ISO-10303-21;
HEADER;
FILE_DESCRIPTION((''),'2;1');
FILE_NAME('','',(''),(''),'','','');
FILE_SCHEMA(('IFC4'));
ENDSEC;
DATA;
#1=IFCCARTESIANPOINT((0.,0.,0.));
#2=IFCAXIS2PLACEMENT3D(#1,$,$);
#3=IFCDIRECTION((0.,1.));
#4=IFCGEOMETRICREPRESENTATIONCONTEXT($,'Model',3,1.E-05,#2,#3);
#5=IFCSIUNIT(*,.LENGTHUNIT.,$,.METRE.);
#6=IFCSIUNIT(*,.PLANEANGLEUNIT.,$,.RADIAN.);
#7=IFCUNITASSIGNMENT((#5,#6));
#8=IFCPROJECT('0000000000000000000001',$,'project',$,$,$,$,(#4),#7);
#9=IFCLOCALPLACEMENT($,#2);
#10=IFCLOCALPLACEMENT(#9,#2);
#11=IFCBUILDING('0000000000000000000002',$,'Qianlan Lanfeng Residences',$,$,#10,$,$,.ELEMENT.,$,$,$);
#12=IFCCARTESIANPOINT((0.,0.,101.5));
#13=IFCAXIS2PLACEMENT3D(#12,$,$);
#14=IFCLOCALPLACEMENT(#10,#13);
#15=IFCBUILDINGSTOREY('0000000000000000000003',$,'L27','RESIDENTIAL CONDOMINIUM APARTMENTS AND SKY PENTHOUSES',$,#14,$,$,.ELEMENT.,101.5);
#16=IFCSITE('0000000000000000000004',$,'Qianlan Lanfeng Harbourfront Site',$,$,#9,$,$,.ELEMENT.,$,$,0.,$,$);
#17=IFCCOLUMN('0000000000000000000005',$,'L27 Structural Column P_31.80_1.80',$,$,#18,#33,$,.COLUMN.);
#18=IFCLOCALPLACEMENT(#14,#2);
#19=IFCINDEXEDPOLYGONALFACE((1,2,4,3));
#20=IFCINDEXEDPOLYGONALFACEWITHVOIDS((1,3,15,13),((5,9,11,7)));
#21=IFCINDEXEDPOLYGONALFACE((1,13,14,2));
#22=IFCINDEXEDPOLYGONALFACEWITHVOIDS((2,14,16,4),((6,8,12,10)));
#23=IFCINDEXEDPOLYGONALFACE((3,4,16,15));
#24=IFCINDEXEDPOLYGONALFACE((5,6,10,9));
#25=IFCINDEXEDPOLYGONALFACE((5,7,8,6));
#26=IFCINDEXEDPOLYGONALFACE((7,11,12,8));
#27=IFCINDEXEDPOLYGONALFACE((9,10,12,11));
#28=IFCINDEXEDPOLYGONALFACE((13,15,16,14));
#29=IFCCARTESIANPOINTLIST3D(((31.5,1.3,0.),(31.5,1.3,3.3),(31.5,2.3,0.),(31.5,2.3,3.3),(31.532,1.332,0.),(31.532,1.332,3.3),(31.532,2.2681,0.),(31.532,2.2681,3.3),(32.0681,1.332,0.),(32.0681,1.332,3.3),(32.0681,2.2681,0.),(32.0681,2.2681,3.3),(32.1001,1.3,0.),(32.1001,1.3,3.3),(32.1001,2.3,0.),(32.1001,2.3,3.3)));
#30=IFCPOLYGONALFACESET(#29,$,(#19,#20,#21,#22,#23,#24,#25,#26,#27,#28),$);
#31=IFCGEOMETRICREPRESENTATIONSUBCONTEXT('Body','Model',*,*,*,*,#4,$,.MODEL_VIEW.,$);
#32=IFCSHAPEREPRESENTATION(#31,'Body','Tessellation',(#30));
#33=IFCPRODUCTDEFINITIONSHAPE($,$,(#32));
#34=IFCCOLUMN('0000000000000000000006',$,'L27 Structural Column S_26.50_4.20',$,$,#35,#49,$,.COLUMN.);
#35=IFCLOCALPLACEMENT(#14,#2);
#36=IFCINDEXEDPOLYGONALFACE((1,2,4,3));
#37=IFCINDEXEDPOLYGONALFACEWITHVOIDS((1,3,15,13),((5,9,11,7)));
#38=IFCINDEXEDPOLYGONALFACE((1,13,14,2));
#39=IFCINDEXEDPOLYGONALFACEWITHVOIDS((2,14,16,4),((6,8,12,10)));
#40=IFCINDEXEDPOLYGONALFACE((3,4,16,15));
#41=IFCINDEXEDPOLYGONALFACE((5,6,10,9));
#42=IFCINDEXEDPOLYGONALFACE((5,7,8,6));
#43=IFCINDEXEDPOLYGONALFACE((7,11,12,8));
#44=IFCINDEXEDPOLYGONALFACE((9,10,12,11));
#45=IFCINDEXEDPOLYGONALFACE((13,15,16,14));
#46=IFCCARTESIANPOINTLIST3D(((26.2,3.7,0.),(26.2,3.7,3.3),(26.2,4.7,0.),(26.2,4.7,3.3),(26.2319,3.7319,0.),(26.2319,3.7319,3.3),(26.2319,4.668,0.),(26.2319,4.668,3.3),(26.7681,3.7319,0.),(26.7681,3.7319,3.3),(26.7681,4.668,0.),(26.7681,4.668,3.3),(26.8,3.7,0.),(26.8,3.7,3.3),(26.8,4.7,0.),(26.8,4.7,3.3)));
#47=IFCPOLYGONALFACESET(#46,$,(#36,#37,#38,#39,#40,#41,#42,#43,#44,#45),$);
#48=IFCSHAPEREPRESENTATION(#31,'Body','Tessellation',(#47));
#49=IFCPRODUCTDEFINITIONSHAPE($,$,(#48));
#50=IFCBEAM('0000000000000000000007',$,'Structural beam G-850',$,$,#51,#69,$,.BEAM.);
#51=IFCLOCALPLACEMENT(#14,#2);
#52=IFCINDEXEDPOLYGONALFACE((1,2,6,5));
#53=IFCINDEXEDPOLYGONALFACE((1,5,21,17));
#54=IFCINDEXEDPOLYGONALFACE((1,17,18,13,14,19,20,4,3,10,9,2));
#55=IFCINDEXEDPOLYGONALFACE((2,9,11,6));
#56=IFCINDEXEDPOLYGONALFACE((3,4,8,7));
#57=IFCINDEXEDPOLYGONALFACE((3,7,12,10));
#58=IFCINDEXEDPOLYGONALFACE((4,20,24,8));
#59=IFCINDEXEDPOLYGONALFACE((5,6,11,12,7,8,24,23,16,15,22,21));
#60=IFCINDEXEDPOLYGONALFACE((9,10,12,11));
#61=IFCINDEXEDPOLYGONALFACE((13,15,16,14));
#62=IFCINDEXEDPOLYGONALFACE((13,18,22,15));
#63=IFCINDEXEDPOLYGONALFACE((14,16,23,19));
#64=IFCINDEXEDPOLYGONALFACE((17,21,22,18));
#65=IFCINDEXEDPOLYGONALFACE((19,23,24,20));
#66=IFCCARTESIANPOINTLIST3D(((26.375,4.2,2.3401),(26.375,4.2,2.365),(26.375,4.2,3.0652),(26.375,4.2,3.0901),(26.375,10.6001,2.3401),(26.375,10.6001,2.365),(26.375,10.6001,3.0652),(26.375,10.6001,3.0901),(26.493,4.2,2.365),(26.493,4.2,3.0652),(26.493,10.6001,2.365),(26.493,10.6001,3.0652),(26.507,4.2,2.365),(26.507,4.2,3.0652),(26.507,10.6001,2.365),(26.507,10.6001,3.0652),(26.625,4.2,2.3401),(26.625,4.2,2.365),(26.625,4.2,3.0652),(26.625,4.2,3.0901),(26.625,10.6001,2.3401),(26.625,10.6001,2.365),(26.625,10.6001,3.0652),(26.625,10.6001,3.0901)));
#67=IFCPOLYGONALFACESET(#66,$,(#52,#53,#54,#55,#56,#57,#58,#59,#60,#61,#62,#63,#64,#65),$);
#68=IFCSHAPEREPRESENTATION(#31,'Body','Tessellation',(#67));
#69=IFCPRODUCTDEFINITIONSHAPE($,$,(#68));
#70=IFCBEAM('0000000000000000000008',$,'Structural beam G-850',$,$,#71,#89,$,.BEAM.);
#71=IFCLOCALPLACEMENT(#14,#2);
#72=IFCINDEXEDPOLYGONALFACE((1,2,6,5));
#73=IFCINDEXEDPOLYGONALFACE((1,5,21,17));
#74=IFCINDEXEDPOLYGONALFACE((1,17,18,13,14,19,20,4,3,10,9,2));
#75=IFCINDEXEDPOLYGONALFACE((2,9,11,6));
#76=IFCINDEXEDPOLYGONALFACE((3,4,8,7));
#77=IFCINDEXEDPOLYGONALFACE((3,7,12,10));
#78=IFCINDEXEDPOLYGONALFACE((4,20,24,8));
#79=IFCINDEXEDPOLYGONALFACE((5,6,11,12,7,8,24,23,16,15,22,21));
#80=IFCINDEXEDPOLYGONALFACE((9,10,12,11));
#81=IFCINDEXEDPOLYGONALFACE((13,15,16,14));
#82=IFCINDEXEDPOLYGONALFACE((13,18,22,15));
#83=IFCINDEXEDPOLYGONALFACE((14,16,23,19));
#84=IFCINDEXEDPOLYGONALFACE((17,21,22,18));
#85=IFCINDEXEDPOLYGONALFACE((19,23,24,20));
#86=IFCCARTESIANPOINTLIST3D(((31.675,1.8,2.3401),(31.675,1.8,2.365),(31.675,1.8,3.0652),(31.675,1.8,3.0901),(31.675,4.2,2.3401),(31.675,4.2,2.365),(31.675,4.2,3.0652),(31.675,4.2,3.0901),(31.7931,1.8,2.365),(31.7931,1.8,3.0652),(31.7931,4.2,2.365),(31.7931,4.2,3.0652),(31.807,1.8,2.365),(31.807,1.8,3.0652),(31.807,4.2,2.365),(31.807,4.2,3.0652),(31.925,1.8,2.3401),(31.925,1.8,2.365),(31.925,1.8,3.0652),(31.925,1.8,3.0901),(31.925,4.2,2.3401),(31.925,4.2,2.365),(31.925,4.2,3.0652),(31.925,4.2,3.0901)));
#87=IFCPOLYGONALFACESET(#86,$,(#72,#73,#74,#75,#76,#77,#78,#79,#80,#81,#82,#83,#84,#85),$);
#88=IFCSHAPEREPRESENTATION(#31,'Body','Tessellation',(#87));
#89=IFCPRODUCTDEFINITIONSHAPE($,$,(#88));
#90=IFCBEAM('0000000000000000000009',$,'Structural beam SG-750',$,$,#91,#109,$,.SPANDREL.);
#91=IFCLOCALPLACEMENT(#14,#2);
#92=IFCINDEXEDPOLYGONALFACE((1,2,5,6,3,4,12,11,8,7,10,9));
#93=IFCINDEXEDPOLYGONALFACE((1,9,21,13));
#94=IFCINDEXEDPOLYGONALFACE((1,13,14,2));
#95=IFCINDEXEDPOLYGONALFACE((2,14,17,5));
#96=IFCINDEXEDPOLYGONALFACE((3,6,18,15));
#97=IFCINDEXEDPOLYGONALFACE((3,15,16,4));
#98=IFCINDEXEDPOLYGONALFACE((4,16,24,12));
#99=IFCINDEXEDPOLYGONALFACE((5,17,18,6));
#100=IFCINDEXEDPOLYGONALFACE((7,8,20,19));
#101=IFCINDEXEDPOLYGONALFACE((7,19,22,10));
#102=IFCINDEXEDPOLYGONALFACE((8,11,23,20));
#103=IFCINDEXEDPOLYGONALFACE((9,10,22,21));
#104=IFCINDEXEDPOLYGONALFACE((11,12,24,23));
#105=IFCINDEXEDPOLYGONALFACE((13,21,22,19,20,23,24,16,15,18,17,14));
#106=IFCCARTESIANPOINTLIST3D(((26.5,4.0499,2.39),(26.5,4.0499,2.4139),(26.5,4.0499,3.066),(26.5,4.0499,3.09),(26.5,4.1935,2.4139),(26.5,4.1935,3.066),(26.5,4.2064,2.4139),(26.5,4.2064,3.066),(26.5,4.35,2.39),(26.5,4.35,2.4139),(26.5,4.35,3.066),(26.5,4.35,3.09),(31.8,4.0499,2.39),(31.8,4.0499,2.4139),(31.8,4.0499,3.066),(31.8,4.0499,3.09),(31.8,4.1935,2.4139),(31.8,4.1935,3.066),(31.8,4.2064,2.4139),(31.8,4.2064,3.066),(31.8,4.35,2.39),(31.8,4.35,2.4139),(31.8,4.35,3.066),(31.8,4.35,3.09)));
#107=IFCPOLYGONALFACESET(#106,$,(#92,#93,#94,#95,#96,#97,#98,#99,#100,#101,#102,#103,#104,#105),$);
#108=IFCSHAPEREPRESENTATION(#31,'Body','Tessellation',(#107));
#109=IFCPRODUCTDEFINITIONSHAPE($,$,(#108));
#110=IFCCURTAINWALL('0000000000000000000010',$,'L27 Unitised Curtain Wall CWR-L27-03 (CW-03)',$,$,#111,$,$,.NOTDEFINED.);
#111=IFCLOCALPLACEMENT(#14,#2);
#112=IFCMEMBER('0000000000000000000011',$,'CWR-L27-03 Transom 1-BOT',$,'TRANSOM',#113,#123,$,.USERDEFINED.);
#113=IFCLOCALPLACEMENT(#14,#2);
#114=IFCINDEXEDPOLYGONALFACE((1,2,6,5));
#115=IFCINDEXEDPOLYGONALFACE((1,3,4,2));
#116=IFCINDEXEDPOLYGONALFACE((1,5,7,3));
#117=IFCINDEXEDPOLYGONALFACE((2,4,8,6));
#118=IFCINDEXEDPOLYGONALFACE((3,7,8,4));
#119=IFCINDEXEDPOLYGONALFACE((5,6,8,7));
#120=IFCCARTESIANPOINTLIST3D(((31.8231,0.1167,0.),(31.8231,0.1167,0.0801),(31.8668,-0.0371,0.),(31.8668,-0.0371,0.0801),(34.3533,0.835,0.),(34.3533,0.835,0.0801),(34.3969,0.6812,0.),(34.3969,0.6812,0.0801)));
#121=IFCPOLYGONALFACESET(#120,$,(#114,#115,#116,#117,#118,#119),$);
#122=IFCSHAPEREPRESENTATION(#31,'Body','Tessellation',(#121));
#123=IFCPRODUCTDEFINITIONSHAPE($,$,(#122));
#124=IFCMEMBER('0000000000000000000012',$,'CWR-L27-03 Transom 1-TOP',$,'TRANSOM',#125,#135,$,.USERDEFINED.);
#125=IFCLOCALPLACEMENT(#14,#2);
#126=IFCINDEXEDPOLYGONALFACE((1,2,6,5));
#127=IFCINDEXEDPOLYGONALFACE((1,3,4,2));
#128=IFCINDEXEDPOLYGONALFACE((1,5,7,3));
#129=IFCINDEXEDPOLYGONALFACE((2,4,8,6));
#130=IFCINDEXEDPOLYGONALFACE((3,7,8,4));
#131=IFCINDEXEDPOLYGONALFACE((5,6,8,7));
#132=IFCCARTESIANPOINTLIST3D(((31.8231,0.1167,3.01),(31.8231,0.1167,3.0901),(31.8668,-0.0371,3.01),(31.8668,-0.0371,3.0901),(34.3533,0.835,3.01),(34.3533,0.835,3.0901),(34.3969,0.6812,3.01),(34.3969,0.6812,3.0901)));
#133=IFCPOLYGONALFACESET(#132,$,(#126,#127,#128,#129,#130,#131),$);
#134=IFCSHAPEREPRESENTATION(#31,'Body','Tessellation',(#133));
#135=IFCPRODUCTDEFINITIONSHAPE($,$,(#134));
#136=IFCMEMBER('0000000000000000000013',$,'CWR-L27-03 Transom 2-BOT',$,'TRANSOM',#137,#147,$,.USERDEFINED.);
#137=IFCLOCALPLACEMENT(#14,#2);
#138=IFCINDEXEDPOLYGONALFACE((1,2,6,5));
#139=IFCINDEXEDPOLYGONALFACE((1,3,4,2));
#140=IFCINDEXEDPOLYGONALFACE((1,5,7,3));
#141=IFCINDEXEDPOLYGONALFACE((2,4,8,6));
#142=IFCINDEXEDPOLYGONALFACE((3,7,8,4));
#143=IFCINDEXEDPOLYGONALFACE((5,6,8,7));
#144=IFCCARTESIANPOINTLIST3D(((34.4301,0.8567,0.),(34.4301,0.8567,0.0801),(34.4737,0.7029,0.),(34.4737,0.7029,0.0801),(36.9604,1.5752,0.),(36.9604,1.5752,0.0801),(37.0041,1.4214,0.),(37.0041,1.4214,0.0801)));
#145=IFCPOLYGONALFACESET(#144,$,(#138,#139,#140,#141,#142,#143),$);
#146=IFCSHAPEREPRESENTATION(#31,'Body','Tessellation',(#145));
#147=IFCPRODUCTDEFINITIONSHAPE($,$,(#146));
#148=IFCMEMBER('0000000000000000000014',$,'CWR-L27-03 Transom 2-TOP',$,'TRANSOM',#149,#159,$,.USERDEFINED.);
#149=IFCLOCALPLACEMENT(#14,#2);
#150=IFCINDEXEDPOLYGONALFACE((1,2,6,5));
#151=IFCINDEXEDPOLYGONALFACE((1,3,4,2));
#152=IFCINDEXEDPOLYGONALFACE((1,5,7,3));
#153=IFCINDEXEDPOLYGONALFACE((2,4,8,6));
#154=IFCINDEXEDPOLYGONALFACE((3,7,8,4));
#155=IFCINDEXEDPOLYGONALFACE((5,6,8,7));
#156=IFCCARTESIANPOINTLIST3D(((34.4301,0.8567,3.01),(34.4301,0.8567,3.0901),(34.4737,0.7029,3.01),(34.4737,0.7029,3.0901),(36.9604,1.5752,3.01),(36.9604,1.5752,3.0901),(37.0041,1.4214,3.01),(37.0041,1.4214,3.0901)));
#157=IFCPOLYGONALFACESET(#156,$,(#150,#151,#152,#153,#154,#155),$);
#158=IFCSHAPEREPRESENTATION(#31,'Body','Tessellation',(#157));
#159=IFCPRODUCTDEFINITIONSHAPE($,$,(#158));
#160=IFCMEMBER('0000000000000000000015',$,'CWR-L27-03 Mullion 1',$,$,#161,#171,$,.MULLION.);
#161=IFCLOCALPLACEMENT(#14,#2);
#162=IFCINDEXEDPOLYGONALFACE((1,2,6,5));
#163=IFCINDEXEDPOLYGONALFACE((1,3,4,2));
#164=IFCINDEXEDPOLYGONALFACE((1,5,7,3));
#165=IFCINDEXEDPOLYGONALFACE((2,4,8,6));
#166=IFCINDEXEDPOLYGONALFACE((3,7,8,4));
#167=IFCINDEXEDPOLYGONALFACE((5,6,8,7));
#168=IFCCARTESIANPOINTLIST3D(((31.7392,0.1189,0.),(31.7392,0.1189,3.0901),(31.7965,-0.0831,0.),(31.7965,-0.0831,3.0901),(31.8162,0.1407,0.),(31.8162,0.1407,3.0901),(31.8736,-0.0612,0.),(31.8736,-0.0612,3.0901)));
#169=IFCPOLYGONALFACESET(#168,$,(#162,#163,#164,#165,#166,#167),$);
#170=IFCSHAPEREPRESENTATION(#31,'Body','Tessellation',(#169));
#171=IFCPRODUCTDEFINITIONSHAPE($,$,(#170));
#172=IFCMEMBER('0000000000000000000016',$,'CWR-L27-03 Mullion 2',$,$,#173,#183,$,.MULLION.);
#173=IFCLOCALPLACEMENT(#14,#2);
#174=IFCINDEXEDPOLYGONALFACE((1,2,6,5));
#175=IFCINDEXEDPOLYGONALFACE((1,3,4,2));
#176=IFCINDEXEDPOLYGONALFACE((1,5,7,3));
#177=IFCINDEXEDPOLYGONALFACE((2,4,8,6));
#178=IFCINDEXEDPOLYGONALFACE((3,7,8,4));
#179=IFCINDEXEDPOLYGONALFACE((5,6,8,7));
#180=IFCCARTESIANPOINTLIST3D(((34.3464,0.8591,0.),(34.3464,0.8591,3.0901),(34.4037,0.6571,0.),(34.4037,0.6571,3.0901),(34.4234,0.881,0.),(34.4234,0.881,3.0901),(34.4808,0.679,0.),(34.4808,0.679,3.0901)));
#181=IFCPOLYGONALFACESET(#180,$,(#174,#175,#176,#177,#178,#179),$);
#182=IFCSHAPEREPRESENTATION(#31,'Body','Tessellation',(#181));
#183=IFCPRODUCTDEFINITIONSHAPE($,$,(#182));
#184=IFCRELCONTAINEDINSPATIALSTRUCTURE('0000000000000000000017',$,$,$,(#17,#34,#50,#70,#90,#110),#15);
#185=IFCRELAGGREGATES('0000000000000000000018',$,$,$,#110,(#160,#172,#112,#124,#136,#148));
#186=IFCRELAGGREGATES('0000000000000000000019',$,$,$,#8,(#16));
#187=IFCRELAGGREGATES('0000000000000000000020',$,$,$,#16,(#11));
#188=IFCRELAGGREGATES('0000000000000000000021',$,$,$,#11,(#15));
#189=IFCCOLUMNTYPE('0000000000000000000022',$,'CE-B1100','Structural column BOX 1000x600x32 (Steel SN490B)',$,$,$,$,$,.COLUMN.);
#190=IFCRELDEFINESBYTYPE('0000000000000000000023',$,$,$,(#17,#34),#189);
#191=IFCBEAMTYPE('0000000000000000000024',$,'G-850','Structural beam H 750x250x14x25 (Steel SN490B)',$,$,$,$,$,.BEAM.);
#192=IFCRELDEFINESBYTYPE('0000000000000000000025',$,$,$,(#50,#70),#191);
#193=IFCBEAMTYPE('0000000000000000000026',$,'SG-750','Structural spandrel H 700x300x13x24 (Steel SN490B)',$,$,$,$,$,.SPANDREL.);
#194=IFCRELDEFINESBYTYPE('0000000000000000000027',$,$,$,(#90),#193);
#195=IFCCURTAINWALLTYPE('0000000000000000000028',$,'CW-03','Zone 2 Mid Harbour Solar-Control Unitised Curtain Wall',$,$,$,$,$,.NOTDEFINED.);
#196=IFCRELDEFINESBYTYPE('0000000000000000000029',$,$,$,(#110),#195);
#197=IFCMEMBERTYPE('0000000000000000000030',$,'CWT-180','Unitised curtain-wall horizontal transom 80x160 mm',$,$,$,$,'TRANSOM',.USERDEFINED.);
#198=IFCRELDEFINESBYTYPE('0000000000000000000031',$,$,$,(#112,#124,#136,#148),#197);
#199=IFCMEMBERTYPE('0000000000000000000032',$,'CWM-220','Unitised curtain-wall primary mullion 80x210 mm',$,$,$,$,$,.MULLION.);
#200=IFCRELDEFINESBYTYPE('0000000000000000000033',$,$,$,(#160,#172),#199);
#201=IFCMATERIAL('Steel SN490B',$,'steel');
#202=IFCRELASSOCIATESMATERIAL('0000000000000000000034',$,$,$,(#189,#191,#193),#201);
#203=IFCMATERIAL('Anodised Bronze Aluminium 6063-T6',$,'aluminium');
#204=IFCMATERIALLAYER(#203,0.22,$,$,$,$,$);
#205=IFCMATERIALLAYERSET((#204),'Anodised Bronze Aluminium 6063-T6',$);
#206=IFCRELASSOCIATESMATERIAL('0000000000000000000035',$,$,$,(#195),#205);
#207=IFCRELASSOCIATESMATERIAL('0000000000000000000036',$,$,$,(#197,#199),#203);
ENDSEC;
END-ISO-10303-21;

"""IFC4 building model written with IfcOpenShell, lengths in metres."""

from ifc_helpers import new_model, si_unit, direction, frame, origin, origin_2d, place, context, subcontext, project, spatial, rectangle, hollow_rectangle, i_section, extrude, source, transform, mapped, material, layer, layer_set, material_profile, profile_set, type_object, element, aggregate, save


model = new_model("IFC4")

# Units and contexts
model_context = context("Model", 3, precision=1e-05, world=origin(), true_north=direction((0.0, 1.0)))
body_context = subcontext(model_context, "Body", "Model", "MODEL_VIEW")
ifc_project = project(units=[si_unit("LENGTHUNIT", "METRE"), si_unit("PLANEANGLEUNIT", "RADIAN")], contexts=[model_context])

# Site, building, storey
site_placement = place(None, origin())
site = spatial("IfcSite", under=ifc_project, at=site_placement, Name="Qianlan Lanfeng Harbourfront Site", CompositionType="ELEMENT", RefElevation=0.0)
building_placement = place(site_placement, origin())
building = spatial("IfcBuilding", under=site, at=building_placement, Name="Qianlan Lanfeng Residences", CompositionType="ELEMENT")
storey_placement = place(building_placement, frame((0.0, 0.0, 101.5)))
storey = spatial("IfcBuildingStorey", under=building, at=storey_placement, Name="L27", Description="RESIDENTIAL CONDOMINIUM APARTMENTS AND SKY PENTHOUSES", CompositionType="ELEMENT", Elevation=101.5)

# Columns
ifc_material_1 = material(Name="Steel SN490B", Category="steel")
ifc_material_profile_1 = material_profile(ifc_material_1, hollow_rectangle(XDim=0.6001, YDim=1.0, WallThickness=0.032, at=origin_2d()), Name="BOX 1000x600x32")
ifc_profile_set_1 = profile_set([ifc_material_profile_1], Name="Steel SN490B")
column_type = type_object("IfcColumnType", Name="CE-B1100", Description="Structural column BOX 1000x600x32 (Steel SN490B)", PredefinedType="COLUMN", material=ifc_profile_set_1)
for number, where, z_axis, x_axis, name in (
    (1, (31.8, 1.8, 0.0), (0.0, 0.0, 1.0), (1.0, 0.0, 0.0), "L27 Structural Column P_31.80_1.80"),
    (2, (26.5, 4.2, 0.0), (0.0, 0.0, 1.0), (1.0, 0.0, 0.0), "L27 Structural Column S_26.50_4.20"),
):
    element("IfcColumn", number, at=place(storey_placement, frame(where, z_axis=z_axis, x_axis=x_axis)), inside=storey, type_object=column_type, Name=name, PredefinedType="COLUMN", context=body_context, shape_type="SweptSolid", body=[
        extrude(hollow_rectangle(XDim=0.6001, YDim=1.0, WallThickness=0.032, at=origin_2d()), origin(), (0.0, 0.0, 1.0), 3.3),
    ])

# Beams
ifc_material_profile_2 = material_profile(ifc_material_1, i_section(OverallWidth=0.25, OverallDepth=0.75, WebThickness=0.0139, FlangeThickness=0.0249, at=origin_2d()), Name="H 750x250x14x25")
ifc_profile_set_2 = profile_set([ifc_material_profile_2], Name="Steel SN490B")
beam_type_1 = type_object("IfcBeamType", Name="G-850", Description="Structural beam H 750x250x14x25 (Steel SN490B)", PredefinedType="BEAM", material=ifc_profile_set_2)
beam_1_placement = place(storey_placement, frame((26.5, 4.2, 2.7151), z_axis=(0.0, 1.0, 0.0), x_axis=(-1.0, 0.0, 0.0)))
element("IfcBeam", 3, at=beam_1_placement, inside=storey, type_object=beam_type_1, Name="Structural beam G-850", PredefinedType="BEAM", context=body_context, shape_type="SweptSolid", body=[
    extrude(i_section(OverallWidth=0.25, OverallDepth=0.75, WebThickness=0.0139, FlangeThickness=0.0249, at=origin_2d()), origin(), (0.0, 0.0, 1.0), 6.4001),
])
beam_2_placement = place(storey_placement, frame((31.8, 1.8, 2.7151), z_axis=(0.0, 1.0, 0.0), x_axis=(-1.0, 0.0, 0.0)))
element("IfcBeam", 4, at=beam_2_placement, inside=storey, type_object=beam_type_1, Name="Structural beam G-850", PredefinedType="BEAM", context=body_context, shape_type="SweptSolid", body=[
    extrude(i_section(OverallWidth=0.25, OverallDepth=0.75, WebThickness=0.0139, FlangeThickness=0.0249, at=origin_2d()), origin(), (0.0, 0.0, 1.0), 2.3999),
])
ifc_material_profile_3 = material_profile(ifc_material_1, i_section(OverallWidth=0.3, OverallDepth=0.7, WebThickness=0.0129, FlangeThickness=0.0239, at=origin_2d()), Name="H 700x300x13x24")
ifc_profile_set_3 = profile_set([ifc_material_profile_3], Name="Steel SN490B")
beam_type_2 = type_object("IfcBeamType", Name="SG-750", Description="Structural spandrel H 700x300x13x24 (Steel SN490B)", PredefinedType="SPANDREL", material=ifc_profile_set_3)
beam_3_placement = place(storey_placement, frame((26.5, 4.2, 2.74), z_axis=(1.0, 0.0, 0.0), x_axis=(0.0, 1.0, 0.0)))
element("IfcBeam", 5, at=beam_3_placement, inside=storey, type_object=beam_type_2, Name="Structural beam SG-750", PredefinedType="SPANDREL", context=body_context, shape_type="SweptSolid", body=[
    extrude(i_section(OverallWidth=0.3, OverallDepth=0.7, WebThickness=0.0129, FlangeThickness=0.0239, at=origin_2d()), origin(), (0.0, 0.0, 1.0), 5.3),
])

# Curtain wall, members
ifc_material_2 = material(Name="Anodised Bronze Aluminium 6063-T6", Category="aluminium")
ifc_layer_1 = layer(ifc_material_2, 0.22)
ifc_layer_set_1 = layer_set([ifc_layer_1], Name="Anodised Bronze Aluminium 6063-T6")
curtain_wall_type = type_object("IfcCurtainWallType", Name="CW-03", Description="Zone 2 Mid Harbour Solar-Control Unitised Curtain Wall", PredefinedType="NOTDEFINED", material=ifc_layer_set_1)
curtain_wall_placement = place(storey_placement, origin())
curtain_wall = element("IfcCurtainWall", 6, at=curtain_wall_placement, inside=storey, type_object=curtain_wall_type, Name="L27 Unitised Curtain Wall CWR-L27-03 (CW-03)", PredefinedType="NOTDEFINED")
ifc_material_profile_4 = material_profile(ifc_material_2, rectangle(XDim=0.0801, YDim=0.1599, at=origin_2d()), Name="ALU TRANSOM 80x160")
ifc_profile_set_4 = profile_set([ifc_material_profile_4], Name="Anodised Bronze Aluminium 6063-T6")
member_type_1 = type_object("IfcMemberType", Name="CWT-180", Description="Unitised curtain-wall horizontal transom 80x160 mm", ElementType="TRANSOM", PredefinedType="USERDEFINED", material=ifc_profile_set_4)
shared_shape_1 = source(origin(), body_context, "Body", "SweptSolid", [
    extrude(rectangle(XDim=0.0801, YDim=0.1599, at=origin_2d()), origin(), (0.0, 0.0, 1.0), 2.6301),
])
member_1_placement = place(storey_placement, frame((31.845, 0.0398, 0.04), z_axis=(0.961985, 0.273102, 0.0), x_axis=(0.0, 0.0, 1.0)))
member_1 = element("IfcMember", 7, at=member_1_placement, type_object=member_type_1, Name="CWR-L27-03 Transom 1-BOT", ObjectType="TRANSOM", PredefinedType="USERDEFINED", context=body_context, shape_type="MappedRepresentation", body=[
    mapped(shared_shape_1, transform((0.0, 0.0, 0.0), scale=1.0)),
])
member_2_placement = place(storey_placement, frame((31.845, 0.0398, 3.05), z_axis=(0.961985, 0.273102, 0.0), x_axis=(0.0, 0.0, 1.0)))
member_2 = element("IfcMember", 8, at=member_2_placement, type_object=member_type_1, Name="CWR-L27-03 Transom 1-TOP", ObjectType="TRANSOM", PredefinedType="USERDEFINED", context=body_context, shape_type="MappedRepresentation", body=[
    mapped(shared_shape_1, transform((0.0, 0.0, 0.0), scale=1.0)),
])
shared_shape_2 = source(origin(), body_context, "Body", "SweptSolid", [
    extrude(rectangle(XDim=0.0801, YDim=0.1599, at=origin_2d()), origin(), (0.0, 0.0, 1.0), 2.6304),
])
member_3_placement = place(storey_placement, frame((34.4519, 0.7798, 0.04), z_axis=(0.961968, 0.273164, 0.0), x_axis=(0.0, 0.0, 1.0)))
member_3 = element("IfcMember", 9, at=member_3_placement, type_object=member_type_1, Name="CWR-L27-03 Transom 2-BOT", ObjectType="TRANSOM", PredefinedType="USERDEFINED", context=body_context, shape_type="MappedRepresentation", body=[
    mapped(shared_shape_2, transform((0.0, 0.0, 0.0), scale=1.0)),
])
member_4_placement = place(storey_placement, frame((34.4519, 0.7798, 3.05), z_axis=(0.961968, 0.273164, 0.0), x_axis=(0.0, 0.0, 1.0)))
member_4 = element("IfcMember", 10, at=member_4_placement, type_object=member_type_1, Name="CWR-L27-03 Transom 2-TOP", ObjectType="TRANSOM", PredefinedType="USERDEFINED", context=body_context, shape_type="MappedRepresentation", body=[
    mapped(shared_shape_2, transform((0.0, 0.0, 0.0), scale=1.0)),
])
ifc_material_profile_5 = material_profile(ifc_material_2, rectangle(XDim=0.0801, YDim=0.21, at=origin_2d()), Name="ALU MULLION 80x210")
ifc_profile_set_5 = profile_set([ifc_material_profile_5], Name="Anodised Bronze Aluminium 6063-T6")
member_type_2 = type_object("IfcMemberType", Name="CWM-220", Description="Unitised curtain-wall primary mullion 80x210 mm", PredefinedType="MULLION", material=ifc_profile_set_5)
shared_shape_3 = source(origin(), body_context, "Body", "SweptSolid", [
    extrude(rectangle(XDim=0.0801, YDim=0.21, at=origin_2d()), origin(), (0.0, 0.0, 1.0), 3.0901),
])
member_5_placement = place(storey_placement, frame((31.8064, 0.0288, 0.0), z_axis=(0.0, 0.0, 1.0), x_axis=(0.961989, 0.273088, 0.0)))
member_5 = element("IfcMember", 11, at=member_5_placement, type_object=member_type_2, Name="CWR-L27-03 Mullion 1", PredefinedType="MULLION", context=body_context, shape_type="MappedRepresentation", body=[
    mapped(shared_shape_3, transform((0.0, 0.0, 0.0), scale=1.0)),
])
member_6_placement = place(storey_placement, frame((34.4136, 0.769, 0.0), z_axis=(0.0, 0.0, 1.0), x_axis=(0.961989, 0.273088, 0.0)))
member_6 = element("IfcMember", 12, at=member_6_placement, type_object=member_type_2, Name="CWR-L27-03 Mullion 2", PredefinedType="MULLION", context=body_context, shape_type="MappedRepresentation", body=[
    mapped(shared_shape_3, transform((0.0, 0.0, 0.0), scale=1.0)),
])
aggregate(curtain_wall, [member_5, member_6, member_1, member_2, member_3, member_4])

save(model, "model.ifc")
